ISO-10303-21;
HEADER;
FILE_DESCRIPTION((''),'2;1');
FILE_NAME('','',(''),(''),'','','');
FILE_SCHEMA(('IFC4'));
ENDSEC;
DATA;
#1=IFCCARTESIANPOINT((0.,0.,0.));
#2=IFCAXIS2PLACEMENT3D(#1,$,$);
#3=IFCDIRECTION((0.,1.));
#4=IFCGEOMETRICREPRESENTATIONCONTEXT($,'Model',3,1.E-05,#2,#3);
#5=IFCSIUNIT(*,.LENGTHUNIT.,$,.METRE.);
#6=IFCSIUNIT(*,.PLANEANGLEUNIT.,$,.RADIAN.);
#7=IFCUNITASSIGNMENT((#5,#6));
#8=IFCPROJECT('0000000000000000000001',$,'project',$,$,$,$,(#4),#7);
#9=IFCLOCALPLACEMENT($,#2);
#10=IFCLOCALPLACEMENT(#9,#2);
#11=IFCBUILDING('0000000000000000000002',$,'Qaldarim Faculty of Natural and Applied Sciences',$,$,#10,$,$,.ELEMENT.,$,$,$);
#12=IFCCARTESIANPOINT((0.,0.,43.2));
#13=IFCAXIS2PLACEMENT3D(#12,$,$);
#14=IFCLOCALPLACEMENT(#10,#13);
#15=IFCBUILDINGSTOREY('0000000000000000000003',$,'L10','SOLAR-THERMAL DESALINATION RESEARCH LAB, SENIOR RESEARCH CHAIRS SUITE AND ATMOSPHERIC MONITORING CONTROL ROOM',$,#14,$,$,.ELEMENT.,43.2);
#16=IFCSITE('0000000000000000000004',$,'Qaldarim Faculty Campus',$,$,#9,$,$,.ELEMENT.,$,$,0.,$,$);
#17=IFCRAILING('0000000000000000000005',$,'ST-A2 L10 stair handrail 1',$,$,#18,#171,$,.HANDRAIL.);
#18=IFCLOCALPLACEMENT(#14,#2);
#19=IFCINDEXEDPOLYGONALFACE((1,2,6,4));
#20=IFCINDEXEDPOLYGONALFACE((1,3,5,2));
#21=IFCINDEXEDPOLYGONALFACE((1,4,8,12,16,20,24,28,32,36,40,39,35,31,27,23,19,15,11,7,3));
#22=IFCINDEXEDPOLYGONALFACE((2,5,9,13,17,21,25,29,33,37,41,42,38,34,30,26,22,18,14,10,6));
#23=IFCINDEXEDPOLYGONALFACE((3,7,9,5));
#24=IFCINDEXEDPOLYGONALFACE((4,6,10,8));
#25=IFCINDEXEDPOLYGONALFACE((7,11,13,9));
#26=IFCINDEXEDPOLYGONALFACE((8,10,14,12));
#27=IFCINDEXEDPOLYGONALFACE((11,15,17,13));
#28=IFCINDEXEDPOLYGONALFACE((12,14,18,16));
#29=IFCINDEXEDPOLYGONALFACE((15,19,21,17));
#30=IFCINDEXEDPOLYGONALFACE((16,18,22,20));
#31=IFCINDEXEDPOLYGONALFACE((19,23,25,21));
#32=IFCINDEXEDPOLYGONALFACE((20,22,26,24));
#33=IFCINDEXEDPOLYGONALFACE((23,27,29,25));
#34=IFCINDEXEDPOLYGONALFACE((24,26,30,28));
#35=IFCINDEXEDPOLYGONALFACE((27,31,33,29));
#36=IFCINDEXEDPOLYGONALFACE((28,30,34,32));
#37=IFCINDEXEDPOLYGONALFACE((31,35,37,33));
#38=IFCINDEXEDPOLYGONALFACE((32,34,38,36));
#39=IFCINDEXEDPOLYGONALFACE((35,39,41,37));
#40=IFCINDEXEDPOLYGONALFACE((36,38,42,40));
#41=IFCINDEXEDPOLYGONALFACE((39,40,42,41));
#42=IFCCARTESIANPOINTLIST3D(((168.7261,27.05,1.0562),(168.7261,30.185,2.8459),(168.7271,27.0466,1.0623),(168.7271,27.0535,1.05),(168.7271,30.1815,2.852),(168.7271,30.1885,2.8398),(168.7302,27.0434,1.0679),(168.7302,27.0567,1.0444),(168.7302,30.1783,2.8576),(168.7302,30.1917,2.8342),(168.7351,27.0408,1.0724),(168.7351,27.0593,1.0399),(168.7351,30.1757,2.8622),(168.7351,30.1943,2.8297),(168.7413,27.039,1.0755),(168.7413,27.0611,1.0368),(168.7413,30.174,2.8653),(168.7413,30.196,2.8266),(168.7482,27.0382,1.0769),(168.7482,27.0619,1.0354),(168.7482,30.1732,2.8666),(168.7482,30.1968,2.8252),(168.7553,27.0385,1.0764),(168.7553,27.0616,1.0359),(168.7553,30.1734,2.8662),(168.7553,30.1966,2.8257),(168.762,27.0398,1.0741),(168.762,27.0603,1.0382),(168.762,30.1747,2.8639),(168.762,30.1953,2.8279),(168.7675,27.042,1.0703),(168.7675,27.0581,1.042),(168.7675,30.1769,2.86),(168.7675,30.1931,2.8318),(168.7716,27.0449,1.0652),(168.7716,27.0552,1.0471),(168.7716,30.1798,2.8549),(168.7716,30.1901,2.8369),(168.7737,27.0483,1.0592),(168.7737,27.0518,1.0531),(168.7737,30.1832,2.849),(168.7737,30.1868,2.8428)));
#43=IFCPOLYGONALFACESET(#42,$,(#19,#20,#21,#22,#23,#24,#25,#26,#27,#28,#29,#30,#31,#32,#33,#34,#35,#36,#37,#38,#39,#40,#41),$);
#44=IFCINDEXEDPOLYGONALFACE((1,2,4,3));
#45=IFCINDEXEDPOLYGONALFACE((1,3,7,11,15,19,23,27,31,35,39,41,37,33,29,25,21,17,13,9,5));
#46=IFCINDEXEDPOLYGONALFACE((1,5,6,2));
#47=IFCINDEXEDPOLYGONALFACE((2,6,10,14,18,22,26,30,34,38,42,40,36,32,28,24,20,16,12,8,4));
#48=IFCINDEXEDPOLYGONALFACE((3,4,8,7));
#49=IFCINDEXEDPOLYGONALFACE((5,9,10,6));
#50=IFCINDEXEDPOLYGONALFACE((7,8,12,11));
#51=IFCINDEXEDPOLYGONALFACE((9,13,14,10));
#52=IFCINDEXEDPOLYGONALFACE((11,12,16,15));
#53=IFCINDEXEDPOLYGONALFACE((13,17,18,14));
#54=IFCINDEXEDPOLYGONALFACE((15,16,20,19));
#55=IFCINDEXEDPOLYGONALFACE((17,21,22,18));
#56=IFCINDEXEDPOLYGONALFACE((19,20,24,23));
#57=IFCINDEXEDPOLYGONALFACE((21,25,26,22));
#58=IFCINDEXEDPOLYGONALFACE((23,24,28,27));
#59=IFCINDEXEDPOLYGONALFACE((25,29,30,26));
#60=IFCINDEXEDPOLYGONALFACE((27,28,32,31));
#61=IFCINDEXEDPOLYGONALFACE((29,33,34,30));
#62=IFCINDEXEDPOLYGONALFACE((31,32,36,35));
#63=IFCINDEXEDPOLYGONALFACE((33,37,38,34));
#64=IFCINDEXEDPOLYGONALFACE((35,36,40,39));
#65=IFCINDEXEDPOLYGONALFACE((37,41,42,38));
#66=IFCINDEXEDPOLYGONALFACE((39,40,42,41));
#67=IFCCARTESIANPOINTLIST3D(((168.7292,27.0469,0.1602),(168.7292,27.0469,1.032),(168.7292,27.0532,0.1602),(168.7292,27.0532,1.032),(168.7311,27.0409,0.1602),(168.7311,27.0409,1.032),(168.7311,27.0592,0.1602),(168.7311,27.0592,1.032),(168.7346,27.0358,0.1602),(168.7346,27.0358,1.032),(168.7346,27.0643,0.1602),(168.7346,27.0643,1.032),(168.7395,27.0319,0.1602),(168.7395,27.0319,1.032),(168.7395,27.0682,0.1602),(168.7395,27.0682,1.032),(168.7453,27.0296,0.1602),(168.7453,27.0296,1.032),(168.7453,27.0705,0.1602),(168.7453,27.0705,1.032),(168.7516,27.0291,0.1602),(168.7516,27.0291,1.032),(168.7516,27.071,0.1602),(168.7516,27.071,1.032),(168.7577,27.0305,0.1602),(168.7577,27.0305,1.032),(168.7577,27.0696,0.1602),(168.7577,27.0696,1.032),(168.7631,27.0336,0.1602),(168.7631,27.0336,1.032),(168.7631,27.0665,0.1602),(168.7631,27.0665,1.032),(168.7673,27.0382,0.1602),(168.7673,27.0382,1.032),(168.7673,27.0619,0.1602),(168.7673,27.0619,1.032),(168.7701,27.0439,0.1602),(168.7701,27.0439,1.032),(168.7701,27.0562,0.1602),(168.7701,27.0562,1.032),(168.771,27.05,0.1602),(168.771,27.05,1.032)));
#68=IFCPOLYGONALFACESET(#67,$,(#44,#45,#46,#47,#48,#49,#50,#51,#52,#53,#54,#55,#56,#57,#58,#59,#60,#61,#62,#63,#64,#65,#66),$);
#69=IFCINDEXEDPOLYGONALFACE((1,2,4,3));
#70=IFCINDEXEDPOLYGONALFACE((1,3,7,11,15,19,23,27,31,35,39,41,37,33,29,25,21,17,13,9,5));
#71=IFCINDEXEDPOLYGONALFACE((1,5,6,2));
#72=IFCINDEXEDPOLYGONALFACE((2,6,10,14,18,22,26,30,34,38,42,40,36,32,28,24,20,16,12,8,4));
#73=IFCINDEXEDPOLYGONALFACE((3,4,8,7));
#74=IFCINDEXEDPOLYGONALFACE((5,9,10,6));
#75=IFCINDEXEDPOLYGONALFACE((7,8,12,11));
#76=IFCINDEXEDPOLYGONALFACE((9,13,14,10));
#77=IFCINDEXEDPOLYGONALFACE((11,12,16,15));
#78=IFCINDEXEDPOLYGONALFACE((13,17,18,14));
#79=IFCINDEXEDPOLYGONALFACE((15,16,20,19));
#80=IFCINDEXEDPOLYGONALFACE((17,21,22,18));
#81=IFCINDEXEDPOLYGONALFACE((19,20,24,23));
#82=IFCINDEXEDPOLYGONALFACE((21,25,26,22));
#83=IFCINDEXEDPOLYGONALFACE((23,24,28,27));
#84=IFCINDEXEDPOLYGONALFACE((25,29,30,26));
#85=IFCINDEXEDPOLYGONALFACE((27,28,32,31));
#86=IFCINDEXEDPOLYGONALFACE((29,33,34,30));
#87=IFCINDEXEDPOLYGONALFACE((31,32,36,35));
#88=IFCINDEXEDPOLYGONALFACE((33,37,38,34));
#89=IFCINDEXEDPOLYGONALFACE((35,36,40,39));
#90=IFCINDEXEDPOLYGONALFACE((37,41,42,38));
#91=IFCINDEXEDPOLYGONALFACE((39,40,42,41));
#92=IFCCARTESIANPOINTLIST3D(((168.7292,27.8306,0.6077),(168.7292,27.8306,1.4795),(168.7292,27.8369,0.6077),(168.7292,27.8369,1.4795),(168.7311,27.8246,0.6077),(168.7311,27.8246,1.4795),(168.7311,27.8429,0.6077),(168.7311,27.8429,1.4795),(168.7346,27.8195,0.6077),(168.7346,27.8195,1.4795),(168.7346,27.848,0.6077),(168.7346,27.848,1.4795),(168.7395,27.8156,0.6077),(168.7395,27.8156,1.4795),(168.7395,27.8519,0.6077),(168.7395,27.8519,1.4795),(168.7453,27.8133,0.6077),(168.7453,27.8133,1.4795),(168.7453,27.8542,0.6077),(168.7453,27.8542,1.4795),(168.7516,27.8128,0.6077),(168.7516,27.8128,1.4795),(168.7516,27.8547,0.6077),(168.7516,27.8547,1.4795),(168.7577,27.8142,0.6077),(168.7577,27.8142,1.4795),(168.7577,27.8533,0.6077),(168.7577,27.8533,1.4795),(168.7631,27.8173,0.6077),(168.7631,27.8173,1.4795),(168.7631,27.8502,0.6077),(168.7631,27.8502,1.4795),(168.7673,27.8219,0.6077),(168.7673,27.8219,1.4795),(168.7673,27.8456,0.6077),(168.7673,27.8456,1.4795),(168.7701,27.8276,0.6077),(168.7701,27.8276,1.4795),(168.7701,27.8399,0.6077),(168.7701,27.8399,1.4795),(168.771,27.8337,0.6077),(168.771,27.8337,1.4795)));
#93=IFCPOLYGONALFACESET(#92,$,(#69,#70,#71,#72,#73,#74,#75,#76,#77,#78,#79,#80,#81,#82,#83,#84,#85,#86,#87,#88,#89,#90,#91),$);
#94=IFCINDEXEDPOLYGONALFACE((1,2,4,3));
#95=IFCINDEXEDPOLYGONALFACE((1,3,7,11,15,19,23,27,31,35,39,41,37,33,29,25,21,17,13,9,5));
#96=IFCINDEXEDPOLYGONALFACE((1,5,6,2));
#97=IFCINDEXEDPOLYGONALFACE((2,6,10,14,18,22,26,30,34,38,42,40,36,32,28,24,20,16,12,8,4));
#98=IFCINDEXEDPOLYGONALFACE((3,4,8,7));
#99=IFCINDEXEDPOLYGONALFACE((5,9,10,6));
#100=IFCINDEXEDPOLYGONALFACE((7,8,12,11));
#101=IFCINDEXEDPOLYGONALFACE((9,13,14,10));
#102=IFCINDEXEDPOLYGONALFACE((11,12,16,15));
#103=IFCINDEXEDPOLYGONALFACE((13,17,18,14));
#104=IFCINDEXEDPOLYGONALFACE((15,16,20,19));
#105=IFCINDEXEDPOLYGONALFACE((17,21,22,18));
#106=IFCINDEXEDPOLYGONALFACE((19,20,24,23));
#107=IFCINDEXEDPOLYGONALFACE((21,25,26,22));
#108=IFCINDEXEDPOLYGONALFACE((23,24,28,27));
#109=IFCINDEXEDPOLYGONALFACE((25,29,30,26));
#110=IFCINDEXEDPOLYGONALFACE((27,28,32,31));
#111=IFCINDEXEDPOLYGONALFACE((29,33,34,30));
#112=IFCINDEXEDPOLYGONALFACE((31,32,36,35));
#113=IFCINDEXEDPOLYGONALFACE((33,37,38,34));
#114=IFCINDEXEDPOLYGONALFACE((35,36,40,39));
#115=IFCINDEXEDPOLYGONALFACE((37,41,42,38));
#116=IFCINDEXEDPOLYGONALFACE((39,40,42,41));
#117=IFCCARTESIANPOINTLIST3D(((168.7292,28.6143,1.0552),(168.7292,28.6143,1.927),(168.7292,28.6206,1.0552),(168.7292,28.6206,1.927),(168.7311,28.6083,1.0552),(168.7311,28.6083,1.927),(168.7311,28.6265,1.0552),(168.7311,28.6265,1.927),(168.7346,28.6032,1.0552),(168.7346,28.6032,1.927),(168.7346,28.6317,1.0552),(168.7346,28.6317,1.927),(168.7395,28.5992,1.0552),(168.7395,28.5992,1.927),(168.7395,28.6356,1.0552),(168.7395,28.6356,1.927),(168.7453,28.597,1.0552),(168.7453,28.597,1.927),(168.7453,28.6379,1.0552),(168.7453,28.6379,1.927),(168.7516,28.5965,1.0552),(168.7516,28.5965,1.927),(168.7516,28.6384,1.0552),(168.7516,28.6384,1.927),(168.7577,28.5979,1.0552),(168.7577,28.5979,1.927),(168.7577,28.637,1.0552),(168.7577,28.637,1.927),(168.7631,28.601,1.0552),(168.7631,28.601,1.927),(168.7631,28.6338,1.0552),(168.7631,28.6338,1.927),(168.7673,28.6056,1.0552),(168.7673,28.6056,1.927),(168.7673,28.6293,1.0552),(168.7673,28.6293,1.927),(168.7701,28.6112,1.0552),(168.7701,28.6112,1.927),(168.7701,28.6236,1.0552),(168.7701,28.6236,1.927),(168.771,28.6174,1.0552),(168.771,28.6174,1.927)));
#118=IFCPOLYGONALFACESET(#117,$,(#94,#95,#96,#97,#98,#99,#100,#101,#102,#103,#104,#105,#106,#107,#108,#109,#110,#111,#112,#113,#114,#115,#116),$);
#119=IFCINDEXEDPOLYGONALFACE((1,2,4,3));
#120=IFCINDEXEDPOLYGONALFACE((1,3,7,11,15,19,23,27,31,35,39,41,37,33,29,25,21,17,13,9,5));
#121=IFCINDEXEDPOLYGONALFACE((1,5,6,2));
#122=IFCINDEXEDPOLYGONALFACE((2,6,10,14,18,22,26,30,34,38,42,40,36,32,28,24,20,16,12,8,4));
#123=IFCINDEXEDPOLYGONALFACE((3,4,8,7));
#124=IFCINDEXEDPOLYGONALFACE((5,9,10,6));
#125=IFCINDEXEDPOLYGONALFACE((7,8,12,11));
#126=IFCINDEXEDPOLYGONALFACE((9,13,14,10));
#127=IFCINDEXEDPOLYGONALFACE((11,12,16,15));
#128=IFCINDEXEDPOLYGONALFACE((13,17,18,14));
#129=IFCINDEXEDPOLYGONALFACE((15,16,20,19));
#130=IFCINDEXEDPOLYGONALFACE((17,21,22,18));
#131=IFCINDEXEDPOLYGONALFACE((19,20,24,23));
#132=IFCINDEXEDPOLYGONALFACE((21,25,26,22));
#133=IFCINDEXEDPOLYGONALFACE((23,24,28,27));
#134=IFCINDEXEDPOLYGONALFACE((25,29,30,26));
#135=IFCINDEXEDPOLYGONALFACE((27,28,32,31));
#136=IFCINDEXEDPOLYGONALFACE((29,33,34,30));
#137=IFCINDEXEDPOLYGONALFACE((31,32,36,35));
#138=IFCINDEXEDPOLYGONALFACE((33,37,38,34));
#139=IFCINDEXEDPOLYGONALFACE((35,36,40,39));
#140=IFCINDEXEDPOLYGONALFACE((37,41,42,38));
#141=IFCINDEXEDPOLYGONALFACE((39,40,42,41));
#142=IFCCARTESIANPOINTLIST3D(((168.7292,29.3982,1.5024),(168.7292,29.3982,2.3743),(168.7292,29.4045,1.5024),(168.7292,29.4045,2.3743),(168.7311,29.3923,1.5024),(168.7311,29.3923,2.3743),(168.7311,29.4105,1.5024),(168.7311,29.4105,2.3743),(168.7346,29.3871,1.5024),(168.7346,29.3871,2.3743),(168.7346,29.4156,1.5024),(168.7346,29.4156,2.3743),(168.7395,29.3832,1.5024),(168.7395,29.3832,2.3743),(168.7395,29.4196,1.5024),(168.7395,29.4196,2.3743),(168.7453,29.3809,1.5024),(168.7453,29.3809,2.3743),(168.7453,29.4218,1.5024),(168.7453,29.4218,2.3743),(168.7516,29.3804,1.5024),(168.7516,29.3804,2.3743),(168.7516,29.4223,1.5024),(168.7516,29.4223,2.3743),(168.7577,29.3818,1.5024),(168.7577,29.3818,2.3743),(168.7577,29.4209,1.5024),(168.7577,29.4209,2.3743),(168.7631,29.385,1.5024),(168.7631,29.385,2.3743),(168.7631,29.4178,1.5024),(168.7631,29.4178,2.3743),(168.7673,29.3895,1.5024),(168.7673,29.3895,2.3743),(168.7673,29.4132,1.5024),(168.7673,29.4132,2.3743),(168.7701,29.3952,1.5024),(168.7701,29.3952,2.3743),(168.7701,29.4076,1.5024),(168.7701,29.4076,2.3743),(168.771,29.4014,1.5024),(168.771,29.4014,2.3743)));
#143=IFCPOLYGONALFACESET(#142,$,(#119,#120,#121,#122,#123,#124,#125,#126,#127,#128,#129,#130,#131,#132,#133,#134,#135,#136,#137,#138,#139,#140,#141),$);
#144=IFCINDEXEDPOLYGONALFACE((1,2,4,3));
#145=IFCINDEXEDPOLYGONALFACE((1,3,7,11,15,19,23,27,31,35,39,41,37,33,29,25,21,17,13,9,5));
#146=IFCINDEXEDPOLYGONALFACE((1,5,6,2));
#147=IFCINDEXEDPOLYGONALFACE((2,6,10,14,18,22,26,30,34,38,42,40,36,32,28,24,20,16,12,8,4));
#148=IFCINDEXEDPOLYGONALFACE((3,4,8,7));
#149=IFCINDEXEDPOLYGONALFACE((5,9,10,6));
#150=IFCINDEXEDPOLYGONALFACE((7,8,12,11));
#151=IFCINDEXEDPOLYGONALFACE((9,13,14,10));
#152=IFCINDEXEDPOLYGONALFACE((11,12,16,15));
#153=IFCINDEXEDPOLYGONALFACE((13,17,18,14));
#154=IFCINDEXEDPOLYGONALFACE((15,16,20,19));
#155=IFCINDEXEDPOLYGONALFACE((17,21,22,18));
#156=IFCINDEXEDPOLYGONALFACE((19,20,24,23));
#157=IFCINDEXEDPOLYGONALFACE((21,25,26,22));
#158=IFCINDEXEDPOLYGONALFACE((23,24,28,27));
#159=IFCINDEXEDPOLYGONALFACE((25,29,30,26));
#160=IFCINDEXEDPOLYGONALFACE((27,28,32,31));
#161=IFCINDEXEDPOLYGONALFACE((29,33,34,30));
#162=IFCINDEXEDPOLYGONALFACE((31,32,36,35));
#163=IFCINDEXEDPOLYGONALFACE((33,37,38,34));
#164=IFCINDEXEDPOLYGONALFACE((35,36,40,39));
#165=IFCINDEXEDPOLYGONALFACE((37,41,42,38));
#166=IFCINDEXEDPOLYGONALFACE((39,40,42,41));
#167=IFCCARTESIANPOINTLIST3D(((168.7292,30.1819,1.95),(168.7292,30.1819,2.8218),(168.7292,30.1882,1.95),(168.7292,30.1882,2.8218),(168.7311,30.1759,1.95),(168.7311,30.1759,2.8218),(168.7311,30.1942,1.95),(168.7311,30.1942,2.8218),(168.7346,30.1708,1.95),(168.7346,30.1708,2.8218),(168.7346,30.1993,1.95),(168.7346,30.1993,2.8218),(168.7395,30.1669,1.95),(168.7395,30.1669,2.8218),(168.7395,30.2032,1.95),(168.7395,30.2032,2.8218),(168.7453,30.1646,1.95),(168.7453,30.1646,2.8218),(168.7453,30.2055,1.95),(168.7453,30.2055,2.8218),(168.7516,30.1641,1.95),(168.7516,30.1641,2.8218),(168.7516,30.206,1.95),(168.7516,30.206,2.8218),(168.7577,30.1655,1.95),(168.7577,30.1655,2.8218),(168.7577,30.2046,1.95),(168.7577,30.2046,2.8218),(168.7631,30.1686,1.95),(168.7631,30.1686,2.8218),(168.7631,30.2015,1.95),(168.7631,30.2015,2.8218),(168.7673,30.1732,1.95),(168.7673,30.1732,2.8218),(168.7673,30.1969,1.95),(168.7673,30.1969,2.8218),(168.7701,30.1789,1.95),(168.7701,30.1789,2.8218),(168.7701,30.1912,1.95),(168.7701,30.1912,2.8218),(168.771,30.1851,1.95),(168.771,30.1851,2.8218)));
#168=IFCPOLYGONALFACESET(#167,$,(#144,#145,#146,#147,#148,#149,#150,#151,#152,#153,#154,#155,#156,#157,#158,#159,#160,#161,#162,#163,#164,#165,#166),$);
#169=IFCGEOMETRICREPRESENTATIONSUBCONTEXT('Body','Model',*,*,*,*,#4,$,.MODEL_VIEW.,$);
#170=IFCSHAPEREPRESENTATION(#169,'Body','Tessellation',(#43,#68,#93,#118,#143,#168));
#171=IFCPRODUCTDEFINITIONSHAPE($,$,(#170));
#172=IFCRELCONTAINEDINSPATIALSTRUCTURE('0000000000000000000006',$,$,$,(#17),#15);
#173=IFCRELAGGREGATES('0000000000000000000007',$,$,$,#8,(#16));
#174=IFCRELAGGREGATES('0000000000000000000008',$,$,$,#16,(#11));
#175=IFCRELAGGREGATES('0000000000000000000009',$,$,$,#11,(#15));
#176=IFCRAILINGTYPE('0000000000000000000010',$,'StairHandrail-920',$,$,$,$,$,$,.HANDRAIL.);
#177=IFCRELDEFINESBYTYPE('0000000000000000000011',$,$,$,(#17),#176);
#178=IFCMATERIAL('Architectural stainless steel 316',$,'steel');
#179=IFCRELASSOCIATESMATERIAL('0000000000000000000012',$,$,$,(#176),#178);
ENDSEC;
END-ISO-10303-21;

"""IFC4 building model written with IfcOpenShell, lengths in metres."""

from ifc_helpers import new_model, si_unit, direction, frame, origin, origin_2d, place, context, subcontext, project, spatial, circle, extrude, material, type_object, element, save


model = new_model("IFC4")

# Units and contexts
model_context = context("Model", 3, precision=1e-05, world=origin(), true_north=direction((0.0, 1.0)))
body_context = subcontext(model_context, "Body", "Model", "MODEL_VIEW")
ifc_project = project(units=[si_unit("LENGTHUNIT", "METRE"), si_unit("PLANEANGLEUNIT", "RADIAN")], contexts=[model_context])

# Site, building, storey
site_placement = place(None, origin())
site = spatial("IfcSite", under=ifc_project, at=site_placement, Name="Qaldarim Faculty Campus", CompositionType="ELEMENT", RefElevation=0.0)
building_placement = place(site_placement, origin())
building = spatial("IfcBuilding", under=site, at=building_placement, Name="Qaldarim Faculty of Natural and Applied Sciences", CompositionType="ELEMENT")
storey_placement = place(building_placement, frame((0.0, 0.0, 43.2)))
storey = spatial("IfcBuildingStorey", under=building, at=storey_placement, Name="L10", Description="SOLAR-THERMAL DESALINATION RESEARCH LAB, SENIOR RESEARCH CHAIRS SUITE AND ATMOSPHERIC MONITORING CONTROL ROOM", CompositionType="ELEMENT", Elevation=43.2)

# Shared definitions
ifc_material_1 = material(Name="Architectural stainless steel 316", Category="steel")

# Railing
railing_type_1 = type_object("IfcRailingType", Name="StairHandrail-920", PredefinedType="HANDRAIL", material=ifc_material_1)
railing_1_placement = place(storey_placement, frame((168.75, 27.05, 0.1602)))
element("IfcRailing", 1, at=railing_1_placement, inside=storey, type_object=railing_type_1, Name="ST-A2 L10 stair handrail 1", PredefinedType="HANDRAIL", context=body_context, shape_type="SweptSolid", body=[
    extrude(circle(Radius=0.0239, at=origin_2d()), frame((0.0, 0.0, 0.896), z_axis=(0.0, 0.868439, 0.495797), x_axis=(-1.0, 0.0, 0.0)), (0.0, 0.0, 1.0), 3.6099),
    extrude(circle(Radius=0.021, at=origin_2d()), origin(), (0.0, 0.0, 1.0), 0.8718),
    extrude(circle(Radius=0.021, at=origin_2d()), frame((0.0, 0.7837, 0.4475)), (0.0, 0.0, 1.0), 0.8718),
    extrude(circle(Radius=0.021, at=origin_2d()), frame((0.0, 1.5674, 0.895)), (0.0, 0.0, 1.0), 0.8718),
    extrude(circle(Radius=0.021, at=origin_2d()), frame((0.0, 2.3513, 1.3423)), (0.0, 0.0, 1.0), 0.8718),
    extrude(circle(Radius=0.021, at=origin_2d()), frame((0.0, 3.135, 1.7898)), (0.0, 0.0, 1.0), 0.8718),
])

save(model, "model.ifc")
